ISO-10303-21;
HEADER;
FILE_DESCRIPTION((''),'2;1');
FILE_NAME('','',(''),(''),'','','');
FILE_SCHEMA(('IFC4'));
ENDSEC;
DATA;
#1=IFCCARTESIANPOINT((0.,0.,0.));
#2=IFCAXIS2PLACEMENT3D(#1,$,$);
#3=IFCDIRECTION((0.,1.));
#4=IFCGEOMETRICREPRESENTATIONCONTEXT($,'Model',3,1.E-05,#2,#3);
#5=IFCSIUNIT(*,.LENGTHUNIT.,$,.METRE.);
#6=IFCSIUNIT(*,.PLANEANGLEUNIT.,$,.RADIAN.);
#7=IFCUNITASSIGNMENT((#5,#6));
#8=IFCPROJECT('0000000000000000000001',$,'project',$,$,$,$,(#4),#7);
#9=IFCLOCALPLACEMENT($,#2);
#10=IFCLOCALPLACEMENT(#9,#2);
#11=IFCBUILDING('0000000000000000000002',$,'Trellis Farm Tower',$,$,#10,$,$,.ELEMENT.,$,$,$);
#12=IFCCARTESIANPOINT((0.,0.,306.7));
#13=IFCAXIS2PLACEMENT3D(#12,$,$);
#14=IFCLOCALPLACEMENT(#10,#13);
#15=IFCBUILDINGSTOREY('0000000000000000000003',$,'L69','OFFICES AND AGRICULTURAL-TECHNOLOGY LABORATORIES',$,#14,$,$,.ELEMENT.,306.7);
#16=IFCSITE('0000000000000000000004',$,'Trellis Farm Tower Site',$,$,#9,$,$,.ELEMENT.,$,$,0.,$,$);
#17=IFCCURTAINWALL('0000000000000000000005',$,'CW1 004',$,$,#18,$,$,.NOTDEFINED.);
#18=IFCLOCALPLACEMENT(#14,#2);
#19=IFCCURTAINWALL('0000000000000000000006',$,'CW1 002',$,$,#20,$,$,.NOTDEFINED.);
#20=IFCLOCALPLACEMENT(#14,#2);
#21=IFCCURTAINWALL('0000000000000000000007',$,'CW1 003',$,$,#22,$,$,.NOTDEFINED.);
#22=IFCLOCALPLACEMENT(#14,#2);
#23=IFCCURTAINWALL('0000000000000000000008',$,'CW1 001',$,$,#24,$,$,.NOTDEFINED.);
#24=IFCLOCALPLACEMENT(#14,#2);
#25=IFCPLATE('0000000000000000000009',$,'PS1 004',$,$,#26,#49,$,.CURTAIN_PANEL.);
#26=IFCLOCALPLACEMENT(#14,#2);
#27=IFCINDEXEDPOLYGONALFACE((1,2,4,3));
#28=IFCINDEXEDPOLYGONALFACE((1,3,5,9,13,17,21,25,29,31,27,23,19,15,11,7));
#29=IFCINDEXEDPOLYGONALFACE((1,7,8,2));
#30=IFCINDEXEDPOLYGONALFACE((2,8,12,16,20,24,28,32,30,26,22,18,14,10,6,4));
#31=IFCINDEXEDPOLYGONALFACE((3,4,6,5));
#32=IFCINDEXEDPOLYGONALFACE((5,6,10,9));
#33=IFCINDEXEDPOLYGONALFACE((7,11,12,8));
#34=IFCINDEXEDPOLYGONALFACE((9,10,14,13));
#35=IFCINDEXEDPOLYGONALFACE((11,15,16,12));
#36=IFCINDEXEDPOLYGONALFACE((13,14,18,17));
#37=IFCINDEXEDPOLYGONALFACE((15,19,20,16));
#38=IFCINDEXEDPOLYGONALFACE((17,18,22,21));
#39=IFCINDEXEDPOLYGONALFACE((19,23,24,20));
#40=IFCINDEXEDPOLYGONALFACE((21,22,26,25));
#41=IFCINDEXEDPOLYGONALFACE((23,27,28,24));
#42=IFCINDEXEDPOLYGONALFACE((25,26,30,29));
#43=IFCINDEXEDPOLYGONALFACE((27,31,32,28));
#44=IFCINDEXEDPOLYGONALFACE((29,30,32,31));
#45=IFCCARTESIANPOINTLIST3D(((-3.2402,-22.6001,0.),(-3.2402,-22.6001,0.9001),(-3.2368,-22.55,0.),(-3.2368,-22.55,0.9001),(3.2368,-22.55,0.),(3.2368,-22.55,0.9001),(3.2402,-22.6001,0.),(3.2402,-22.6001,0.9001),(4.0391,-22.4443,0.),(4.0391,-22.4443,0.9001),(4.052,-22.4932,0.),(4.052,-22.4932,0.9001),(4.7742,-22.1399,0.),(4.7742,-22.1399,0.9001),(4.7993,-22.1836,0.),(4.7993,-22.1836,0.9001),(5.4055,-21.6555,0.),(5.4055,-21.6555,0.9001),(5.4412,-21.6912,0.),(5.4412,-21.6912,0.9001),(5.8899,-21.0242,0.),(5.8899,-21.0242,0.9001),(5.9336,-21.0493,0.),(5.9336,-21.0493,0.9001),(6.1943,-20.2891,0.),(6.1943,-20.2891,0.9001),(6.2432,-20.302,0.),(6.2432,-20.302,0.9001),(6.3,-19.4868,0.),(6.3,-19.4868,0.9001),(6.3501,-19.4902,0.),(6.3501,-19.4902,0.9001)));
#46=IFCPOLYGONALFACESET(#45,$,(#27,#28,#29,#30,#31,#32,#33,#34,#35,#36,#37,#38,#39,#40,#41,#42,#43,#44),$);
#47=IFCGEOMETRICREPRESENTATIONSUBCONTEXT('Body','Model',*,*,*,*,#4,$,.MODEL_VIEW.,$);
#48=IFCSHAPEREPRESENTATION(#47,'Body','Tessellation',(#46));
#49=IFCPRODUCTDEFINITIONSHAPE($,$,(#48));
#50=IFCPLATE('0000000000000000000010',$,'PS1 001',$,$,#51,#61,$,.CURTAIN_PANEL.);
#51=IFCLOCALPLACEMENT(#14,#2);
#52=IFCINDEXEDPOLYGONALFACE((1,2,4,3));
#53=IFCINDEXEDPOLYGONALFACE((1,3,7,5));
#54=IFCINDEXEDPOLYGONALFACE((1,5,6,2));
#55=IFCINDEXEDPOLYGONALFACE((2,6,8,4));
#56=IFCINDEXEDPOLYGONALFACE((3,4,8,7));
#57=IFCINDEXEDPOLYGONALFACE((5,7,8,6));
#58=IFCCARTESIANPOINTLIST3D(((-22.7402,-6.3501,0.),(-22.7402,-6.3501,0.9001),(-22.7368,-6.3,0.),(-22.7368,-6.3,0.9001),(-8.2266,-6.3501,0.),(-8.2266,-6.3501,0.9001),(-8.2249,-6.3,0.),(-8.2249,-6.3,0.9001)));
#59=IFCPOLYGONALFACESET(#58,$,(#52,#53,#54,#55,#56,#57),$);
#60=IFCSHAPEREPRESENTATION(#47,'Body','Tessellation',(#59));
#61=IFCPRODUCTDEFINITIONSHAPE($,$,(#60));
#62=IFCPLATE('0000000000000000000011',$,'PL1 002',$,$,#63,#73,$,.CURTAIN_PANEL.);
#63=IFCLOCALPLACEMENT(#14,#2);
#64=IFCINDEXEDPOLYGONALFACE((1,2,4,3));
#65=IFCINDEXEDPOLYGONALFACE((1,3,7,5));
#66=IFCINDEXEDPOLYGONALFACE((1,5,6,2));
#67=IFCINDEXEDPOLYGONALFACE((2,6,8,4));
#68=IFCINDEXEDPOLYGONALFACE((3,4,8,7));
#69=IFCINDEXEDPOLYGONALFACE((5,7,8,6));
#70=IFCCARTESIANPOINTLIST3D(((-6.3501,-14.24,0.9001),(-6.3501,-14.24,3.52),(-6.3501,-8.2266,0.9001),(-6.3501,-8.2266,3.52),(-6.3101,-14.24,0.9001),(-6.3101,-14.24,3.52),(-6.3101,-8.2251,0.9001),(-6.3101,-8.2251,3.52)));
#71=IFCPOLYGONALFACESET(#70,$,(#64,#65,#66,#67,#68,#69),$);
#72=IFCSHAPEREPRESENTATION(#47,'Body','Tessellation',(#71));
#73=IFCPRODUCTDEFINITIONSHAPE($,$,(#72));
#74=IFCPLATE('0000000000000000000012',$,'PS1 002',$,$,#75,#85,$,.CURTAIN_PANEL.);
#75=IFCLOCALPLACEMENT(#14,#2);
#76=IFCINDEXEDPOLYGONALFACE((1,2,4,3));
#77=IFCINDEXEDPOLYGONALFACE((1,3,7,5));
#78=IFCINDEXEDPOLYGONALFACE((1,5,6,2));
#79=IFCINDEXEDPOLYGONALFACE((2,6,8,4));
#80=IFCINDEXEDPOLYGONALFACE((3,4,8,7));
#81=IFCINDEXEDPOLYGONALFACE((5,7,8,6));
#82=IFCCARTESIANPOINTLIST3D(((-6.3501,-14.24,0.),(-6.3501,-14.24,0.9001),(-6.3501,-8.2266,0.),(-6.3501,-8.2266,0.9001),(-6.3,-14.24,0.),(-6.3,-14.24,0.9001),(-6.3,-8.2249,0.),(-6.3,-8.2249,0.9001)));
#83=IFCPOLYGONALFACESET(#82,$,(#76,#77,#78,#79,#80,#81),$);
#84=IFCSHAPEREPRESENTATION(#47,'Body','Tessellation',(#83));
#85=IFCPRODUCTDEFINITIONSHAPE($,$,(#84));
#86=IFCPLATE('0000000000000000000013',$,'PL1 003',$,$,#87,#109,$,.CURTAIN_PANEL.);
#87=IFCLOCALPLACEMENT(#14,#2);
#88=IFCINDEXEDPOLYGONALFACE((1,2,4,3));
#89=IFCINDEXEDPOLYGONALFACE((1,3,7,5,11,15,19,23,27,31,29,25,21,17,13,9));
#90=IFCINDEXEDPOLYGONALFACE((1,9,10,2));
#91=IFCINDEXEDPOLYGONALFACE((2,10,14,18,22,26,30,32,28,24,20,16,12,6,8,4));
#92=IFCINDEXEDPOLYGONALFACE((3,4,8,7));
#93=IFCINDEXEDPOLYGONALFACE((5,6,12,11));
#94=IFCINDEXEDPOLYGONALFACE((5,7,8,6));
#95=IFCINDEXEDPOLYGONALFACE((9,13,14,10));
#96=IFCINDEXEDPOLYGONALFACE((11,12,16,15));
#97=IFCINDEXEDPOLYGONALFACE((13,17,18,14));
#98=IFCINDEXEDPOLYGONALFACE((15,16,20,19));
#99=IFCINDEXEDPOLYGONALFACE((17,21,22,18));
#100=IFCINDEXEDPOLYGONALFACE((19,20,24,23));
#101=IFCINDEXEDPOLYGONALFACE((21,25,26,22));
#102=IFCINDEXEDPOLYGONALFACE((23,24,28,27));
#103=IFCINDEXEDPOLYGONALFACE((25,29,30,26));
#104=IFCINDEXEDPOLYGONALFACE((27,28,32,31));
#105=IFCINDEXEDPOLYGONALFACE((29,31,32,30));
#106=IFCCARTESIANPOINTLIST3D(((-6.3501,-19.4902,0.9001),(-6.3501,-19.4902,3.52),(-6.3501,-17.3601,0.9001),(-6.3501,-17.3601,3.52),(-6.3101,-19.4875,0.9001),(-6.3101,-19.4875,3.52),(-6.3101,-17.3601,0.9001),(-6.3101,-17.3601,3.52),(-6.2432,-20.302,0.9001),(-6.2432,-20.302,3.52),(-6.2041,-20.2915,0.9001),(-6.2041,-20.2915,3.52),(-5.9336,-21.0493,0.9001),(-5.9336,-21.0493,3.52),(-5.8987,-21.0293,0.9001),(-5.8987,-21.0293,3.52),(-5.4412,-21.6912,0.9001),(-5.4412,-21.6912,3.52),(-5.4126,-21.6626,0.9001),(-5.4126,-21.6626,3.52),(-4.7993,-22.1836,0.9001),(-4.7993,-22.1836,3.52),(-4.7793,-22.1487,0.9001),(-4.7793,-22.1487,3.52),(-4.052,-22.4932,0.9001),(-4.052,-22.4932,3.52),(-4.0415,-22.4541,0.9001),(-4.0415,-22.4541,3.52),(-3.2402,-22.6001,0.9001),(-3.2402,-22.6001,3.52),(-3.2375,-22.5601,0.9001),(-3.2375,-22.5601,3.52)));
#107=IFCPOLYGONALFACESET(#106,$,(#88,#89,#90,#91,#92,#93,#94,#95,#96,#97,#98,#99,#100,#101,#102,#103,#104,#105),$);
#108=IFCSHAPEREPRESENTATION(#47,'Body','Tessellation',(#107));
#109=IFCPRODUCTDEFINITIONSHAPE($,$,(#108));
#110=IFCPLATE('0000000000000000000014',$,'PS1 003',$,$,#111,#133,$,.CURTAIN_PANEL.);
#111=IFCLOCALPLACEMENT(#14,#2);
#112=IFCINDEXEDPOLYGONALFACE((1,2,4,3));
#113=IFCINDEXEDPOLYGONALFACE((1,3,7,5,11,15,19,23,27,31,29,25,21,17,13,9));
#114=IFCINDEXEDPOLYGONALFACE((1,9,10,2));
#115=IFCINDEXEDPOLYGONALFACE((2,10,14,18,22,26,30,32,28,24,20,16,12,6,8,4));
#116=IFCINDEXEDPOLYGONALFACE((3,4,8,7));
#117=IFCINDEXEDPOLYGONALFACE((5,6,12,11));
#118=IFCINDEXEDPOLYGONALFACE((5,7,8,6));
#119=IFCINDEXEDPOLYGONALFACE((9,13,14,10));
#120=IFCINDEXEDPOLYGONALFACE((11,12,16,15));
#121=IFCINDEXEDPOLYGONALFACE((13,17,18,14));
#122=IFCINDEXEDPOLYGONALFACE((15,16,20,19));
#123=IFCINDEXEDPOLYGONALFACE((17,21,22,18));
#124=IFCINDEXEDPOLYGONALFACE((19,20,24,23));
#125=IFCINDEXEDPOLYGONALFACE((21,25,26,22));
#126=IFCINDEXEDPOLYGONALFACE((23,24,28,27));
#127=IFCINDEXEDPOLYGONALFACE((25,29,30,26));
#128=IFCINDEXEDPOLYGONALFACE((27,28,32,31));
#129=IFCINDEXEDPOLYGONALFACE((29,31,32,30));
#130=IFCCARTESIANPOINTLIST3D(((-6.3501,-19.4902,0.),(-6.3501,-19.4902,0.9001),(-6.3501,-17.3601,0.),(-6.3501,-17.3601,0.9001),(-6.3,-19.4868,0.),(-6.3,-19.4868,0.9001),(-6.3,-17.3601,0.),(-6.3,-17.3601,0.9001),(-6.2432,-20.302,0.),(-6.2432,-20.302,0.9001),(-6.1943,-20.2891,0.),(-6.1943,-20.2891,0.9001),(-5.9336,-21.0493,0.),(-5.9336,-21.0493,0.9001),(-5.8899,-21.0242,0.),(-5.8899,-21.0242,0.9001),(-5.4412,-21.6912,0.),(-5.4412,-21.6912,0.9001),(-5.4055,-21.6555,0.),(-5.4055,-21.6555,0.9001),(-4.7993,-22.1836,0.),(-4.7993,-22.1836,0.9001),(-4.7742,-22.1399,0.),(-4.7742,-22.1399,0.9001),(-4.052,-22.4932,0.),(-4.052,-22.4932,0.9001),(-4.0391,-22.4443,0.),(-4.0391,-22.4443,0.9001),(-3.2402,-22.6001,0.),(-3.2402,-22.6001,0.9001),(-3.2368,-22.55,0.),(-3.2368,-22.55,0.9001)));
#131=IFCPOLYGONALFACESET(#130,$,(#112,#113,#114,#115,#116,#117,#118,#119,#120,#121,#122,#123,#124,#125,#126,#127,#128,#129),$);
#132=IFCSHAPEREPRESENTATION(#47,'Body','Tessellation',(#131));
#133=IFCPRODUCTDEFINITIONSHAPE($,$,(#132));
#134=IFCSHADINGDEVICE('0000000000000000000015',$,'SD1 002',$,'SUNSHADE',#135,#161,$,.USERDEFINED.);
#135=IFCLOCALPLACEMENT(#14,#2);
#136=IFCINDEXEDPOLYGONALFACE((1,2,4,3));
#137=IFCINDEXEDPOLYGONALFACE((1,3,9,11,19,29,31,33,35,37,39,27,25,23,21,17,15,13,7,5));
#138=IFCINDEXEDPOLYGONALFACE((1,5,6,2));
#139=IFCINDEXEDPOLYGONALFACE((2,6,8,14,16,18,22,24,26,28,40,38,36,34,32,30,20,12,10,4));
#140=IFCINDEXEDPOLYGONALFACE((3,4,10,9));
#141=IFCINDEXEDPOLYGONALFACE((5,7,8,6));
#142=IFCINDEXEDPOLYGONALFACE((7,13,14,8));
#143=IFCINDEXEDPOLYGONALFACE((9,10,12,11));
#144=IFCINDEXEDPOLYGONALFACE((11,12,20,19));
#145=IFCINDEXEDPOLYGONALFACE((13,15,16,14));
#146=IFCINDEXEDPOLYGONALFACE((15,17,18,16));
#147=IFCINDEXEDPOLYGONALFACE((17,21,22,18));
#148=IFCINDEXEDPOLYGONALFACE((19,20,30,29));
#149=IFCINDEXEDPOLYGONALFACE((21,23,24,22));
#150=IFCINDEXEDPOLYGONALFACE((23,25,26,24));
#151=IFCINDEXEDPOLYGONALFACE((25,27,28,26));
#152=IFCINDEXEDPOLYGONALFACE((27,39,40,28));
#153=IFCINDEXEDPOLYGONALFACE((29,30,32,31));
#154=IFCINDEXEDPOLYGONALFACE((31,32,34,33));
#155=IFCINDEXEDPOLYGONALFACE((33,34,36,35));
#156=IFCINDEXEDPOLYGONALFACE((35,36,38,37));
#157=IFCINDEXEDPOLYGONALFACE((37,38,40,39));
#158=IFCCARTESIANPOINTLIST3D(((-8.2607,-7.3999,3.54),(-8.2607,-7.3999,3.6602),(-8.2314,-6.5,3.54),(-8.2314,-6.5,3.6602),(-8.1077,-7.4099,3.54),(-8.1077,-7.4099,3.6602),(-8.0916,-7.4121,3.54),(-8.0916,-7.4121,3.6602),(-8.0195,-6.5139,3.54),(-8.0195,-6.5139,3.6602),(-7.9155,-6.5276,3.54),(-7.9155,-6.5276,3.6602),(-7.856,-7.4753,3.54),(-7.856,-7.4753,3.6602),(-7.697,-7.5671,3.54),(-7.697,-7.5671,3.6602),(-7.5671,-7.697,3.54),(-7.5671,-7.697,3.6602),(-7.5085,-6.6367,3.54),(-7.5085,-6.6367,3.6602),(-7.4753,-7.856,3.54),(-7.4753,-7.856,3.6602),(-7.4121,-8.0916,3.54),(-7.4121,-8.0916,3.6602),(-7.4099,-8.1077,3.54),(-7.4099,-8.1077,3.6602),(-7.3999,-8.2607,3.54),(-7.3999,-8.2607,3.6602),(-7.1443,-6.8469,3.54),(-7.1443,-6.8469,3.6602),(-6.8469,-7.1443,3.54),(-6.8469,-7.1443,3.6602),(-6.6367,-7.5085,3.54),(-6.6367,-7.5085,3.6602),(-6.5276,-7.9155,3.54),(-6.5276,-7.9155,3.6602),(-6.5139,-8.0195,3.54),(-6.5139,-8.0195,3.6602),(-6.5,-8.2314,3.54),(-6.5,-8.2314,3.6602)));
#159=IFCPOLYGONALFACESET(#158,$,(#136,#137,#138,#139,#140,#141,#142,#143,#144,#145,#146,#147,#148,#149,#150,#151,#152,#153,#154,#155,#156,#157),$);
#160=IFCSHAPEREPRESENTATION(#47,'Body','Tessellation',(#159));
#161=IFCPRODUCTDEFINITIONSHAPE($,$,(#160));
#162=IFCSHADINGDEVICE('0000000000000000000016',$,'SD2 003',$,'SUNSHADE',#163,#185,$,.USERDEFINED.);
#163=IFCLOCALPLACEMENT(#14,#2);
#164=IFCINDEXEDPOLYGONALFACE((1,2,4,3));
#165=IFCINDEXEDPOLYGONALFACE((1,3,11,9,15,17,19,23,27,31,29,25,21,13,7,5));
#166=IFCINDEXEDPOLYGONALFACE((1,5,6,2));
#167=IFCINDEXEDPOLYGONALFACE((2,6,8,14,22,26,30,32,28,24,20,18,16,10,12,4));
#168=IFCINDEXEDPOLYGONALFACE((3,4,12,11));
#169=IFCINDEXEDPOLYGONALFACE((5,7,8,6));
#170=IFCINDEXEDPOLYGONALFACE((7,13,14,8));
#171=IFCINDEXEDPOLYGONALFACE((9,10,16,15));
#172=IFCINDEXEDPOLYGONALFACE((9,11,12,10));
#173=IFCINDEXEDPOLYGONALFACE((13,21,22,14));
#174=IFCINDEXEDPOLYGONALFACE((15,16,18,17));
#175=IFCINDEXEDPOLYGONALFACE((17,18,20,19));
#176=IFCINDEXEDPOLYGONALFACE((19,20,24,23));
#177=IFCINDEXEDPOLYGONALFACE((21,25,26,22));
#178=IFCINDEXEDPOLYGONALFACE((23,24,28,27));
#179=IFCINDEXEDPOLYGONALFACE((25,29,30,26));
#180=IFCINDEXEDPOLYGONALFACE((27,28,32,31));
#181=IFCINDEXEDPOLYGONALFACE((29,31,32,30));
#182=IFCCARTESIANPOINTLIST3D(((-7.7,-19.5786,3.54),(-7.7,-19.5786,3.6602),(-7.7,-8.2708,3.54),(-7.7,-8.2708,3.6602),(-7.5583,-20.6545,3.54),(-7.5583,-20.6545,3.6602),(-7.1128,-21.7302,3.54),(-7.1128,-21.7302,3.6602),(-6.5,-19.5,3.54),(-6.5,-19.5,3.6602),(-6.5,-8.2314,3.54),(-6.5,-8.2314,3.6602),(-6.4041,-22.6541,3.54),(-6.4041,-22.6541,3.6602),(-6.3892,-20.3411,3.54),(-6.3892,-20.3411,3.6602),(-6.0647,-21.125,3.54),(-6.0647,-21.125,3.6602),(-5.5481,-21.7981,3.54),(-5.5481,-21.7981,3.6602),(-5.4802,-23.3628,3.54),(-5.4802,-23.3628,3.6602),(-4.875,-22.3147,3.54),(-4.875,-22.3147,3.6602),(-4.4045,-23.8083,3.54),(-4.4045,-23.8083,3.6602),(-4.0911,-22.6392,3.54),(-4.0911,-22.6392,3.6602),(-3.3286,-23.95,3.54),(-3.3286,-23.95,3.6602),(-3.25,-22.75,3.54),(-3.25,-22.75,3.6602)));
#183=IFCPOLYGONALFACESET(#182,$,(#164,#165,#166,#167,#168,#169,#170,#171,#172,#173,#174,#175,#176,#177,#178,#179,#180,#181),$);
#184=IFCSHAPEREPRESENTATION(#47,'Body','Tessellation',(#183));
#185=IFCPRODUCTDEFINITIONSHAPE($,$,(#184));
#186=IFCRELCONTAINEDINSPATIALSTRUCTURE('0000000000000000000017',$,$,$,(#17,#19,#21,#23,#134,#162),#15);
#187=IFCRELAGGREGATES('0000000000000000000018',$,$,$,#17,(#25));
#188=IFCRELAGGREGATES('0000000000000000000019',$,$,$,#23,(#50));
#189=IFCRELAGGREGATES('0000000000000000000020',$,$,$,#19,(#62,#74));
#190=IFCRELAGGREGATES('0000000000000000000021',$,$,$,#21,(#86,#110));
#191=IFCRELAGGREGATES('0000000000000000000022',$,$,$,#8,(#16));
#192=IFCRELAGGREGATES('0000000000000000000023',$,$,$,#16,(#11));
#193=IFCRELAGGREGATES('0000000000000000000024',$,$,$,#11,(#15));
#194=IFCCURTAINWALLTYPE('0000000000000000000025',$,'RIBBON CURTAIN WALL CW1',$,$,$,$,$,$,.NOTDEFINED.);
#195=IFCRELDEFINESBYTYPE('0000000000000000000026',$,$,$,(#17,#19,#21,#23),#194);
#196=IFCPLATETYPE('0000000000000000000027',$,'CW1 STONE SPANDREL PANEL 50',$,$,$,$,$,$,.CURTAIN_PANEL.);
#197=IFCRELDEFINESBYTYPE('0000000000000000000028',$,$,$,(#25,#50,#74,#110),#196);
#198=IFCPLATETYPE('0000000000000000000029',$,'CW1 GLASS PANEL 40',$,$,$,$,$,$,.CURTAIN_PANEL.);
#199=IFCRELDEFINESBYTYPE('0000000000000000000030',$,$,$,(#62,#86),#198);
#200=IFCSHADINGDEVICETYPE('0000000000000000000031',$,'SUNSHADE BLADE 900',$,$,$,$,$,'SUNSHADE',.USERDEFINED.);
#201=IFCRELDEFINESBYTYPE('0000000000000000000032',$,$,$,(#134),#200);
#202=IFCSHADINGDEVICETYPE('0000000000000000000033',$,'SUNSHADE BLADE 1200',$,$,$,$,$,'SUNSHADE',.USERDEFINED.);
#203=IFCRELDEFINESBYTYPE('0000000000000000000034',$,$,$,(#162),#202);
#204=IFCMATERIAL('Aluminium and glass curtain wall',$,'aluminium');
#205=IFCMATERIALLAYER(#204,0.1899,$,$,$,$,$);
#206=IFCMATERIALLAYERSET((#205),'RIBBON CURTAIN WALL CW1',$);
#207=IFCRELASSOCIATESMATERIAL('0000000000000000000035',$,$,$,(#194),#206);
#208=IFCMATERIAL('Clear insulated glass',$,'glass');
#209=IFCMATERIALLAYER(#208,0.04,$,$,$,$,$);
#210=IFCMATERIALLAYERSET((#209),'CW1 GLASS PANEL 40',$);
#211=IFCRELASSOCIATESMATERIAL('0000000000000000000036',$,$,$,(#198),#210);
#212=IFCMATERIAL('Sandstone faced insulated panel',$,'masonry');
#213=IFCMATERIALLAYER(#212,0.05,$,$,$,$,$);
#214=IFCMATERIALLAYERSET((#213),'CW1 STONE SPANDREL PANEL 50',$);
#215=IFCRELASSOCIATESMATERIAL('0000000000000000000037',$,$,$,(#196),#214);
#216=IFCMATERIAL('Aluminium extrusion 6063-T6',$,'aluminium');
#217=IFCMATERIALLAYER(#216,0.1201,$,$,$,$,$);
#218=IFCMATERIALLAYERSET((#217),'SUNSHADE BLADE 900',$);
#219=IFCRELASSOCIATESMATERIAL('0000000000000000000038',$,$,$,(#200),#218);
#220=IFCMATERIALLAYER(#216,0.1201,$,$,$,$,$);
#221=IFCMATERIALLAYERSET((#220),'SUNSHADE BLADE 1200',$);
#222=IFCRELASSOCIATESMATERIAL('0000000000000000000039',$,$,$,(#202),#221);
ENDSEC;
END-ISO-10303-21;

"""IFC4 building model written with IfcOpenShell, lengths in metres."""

from ifc_helpers import new_model, si_unit, direction, frame, origin, place, context, subcontext, project, spatial, polyline, outline, extrude, source, transform, mapped, material, layer, layer_set, type_object, element, aggregate, save


model = new_model("IFC4")

# Units and contexts
model_context = context("Model", 3, precision=1e-05, world=origin(), true_north=direction((0.0, 1.0)))
body_context = subcontext(model_context, "Body", "Model", "MODEL_VIEW")
ifc_project = project(units=[si_unit("LENGTHUNIT", "METRE"), si_unit("PLANEANGLEUNIT", "RADIAN")], contexts=[model_context])

# Site, building, storey
site_placement = place(None, origin())
site = spatial("IfcSite", under=ifc_project, at=site_placement, Name="Trellis Farm Tower Site", CompositionType="ELEMENT", RefElevation=0.0)
building_placement = place(site_placement, origin())
building = spatial("IfcBuilding", under=site, at=building_placement, Name="Trellis Farm Tower", CompositionType="ELEMENT")
storey_placement = place(building_placement, frame((0.0, 0.0, 306.7)))
storey = spatial("IfcBuildingStorey", under=building, at=storey_placement, Name="L69", Description="OFFICES AND AGRICULTURAL-TECHNOLOGY LABORATORIES", CompositionType="ELEMENT", Elevation=306.7)

# Curtain walls
ifc_material_1 = material(Name="Aluminium and glass curtain wall", Category="aluminium")
placement_1 = place(storey_placement, origin())
ifc_material_2 = material(Name="Aluminium extrusion 6063-T6", Category="aluminium")
ifc_layer_1 = layer(ifc_material_1, 0.1899)
ifc_layer_set_1 = layer_set([ifc_layer_1], Name="RIBBON CURTAIN WALL CW1")
curtain_wall_type_1 = type_object("IfcCurtainWallType", Name="RIBBON CURTAIN WALL CW1", PredefinedType="NOTDEFINED", material=ifc_layer_set_1)
curtain_wall_1 = element("IfcCurtainWall", 1, at=placement_1, inside=storey, type_object=curtain_wall_type_1, Name="CW1 004", PredefinedType="NOTDEFINED")
curtain_wall_2 = element("IfcCurtainWall", 2, at=placement_1, inside=storey, type_object=curtain_wall_type_1, Name="CW1 002", PredefinedType="NOTDEFINED")
curtain_wall_3 = element("IfcCurtainWall", 3, at=placement_1, inside=storey, type_object=curtain_wall_type_1, Name="CW1 003", PredefinedType="NOTDEFINED")
curtain_wall_4 = element("IfcCurtainWall", 4, at=placement_1, inside=storey, type_object=curtain_wall_type_1, Name="CW1 001", PredefinedType="NOTDEFINED")

# Plates
ifc_material_3 = material(Name="Clear insulated glass", Category="glass")
ifc_layer_2 = layer(ifc_material_3, 0.04)
ifc_layer_set_2 = layer_set([ifc_layer_2], Name="CW1 GLASS PANEL 40")
plate_type_1 = type_object("IfcPlateType", Name="CW1 GLASS PANEL 40", PredefinedType="CURTAIN_PANEL", material=ifc_layer_set_2)
placement_2 = place(storey_placement, frame((0.0, 0.0, 0.9001)))
ifc_material_4 = material(Name="Sandstone faced insulated panel", Category="masonry")
ifc_layer_3 = layer(ifc_material_4, 0.05)
ifc_layer_set_3 = layer_set([ifc_layer_3], Name="CW1 STONE SPANDREL PANEL 50")
plate_type_2 = type_object("IfcPlateType", Name="CW1 STONE SPANDREL PANEL 50", PredefinedType="CURTAIN_PANEL", material=ifc_layer_set_3)
shared_shape_1 = source(origin(), body_context, "Body", "SweptSolid", [
    extrude(outline(polyline([(-3.2402, -22.6001), (3.2402, -22.6001), (4.052, -22.4932), (4.7993, -22.1836), (5.4412, -21.6912), (5.9336, -21.0493), (6.2432, -20.302), (6.3501, -19.4902), (6.3, -19.4868), (6.1943, -20.2891), (5.8899, -21.0242), (5.4055, -21.6555), (4.7742, -22.1399), (4.0391, -22.4443), (3.2368, -22.55), (-3.2368, -22.55), (-3.2402, -22.6001)])), origin(), (0.0, 0.0, 1.0), 0.9001),
])
plate_1 = element("IfcPlate", 5, at=placement_1, type_object=plate_type_2, Name="PS1 004", PredefinedType="CURTAIN_PANEL", context=body_context, shape_type="MappedRepresentation", body=[
    mapped(shared_shape_1, transform((0.0, 0.0, 0.0))),
])
aggregate(curtain_wall_1, [plate_1])
shared_shape_2 = source(origin(), body_context, "Body", "SweptSolid", [
    extrude(outline(polyline([(-22.7402, -6.3501), (-8.2266, -6.3501), (-8.2249, -6.3), (-22.7368, -6.3), (-22.7402, -6.3501)])), origin(), (0.0, 0.0, 1.0), 0.9001),
])
plate_2 = element("IfcPlate", 6, at=placement_1, type_object=plate_type_2, Name="PS1 001", PredefinedType="CURTAIN_PANEL", context=body_context, shape_type="MappedRepresentation", body=[
    mapped(shared_shape_2, transform((0.0, 0.0, 0.0))),
])
aggregate(curtain_wall_4, [plate_2])
shared_shape_3 = source(origin(), body_context, "Body", "SweptSolid", [
    extrude(outline(polyline([(-6.3501, -8.2266), (-6.3501, -14.24), (-6.3101, -14.24), (-6.3101, -8.2251), (-6.3501, -8.2266)])), origin(), (0.0, 0.0, 1.0), 2.6199),
])
plate_3 = element("IfcPlate", 7, at=placement_2, type_object=plate_type_1, Name="PL1 002", PredefinedType="CURTAIN_PANEL", context=body_context, shape_type="MappedRepresentation", body=[
    mapped(shared_shape_3, transform((0.0, 0.0, 0.0))),
])
shared_shape_4 = source(origin(), body_context, "Body", "SweptSolid", [
    extrude(outline(polyline([(-6.3501, -8.2266), (-6.3501, -14.24), (-6.3, -14.24), (-6.3, -8.2249), (-6.3501, -8.2266)])), origin(), (0.0, 0.0, 1.0), 0.9001),
])
plate_4 = element("IfcPlate", 8, at=placement_1, type_object=plate_type_2, Name="PS1 002", PredefinedType="CURTAIN_PANEL", context=body_context, shape_type="MappedRepresentation", body=[
    mapped(shared_shape_4, transform((0.0, 0.0, 0.0))),
])
aggregate(curtain_wall_2, [plate_3, plate_4])
shared_shape_5 = source(origin(), body_context, "Body", "SweptSolid", [
    extrude(outline(polyline([(-6.3501, -17.3601), (-6.3501, -19.4902), (-6.2432, -20.302), (-5.9336, -21.0493), (-5.4412, -21.6912), (-4.7993, -22.1836), (-4.052, -22.4932), (-3.2402, -22.6001), (-3.2375, -22.5601), (-4.0415, -22.4541), (-4.7793, -22.1487), (-5.4126, -21.6626), (-5.8987, -21.0293), (-6.2041, -20.2915), (-6.3101, -19.4875), (-6.3101, -17.3601), (-6.3501, -17.3601)])), origin(), (0.0, 0.0, 1.0), 2.6199),
])
plate_5 = element("IfcPlate", 9, at=placement_2, type_object=plate_type_1, Name="PL1 003", PredefinedType="CURTAIN_PANEL", context=body_context, shape_type="MappedRepresentation", body=[
    mapped(shared_shape_5, transform((0.0, 0.0, 0.0))),
])
shared_shape_6 = source(origin(), body_context, "Body", "SweptSolid", [
    extrude(outline(polyline([(-6.3501, -17.3601), (-6.3501, -19.4902), (-6.2432, -20.302), (-5.9336, -21.0493), (-5.4412, -21.6912), (-4.7993, -22.1836), (-4.052, -22.4932), (-3.2402, -22.6001), (-3.2368, -22.55), (-4.0391, -22.4443), (-4.7742, -22.1399), (-5.4055, -21.6555), (-5.8899, -21.0242), (-6.1943, -20.2891), (-6.3, -19.4868), (-6.3, -17.3601), (-6.3501, -17.3601)])), origin(), (0.0, 0.0, 1.0), 0.9001),
])
plate_6 = element("IfcPlate", 10, at=placement_1, type_object=plate_type_2, Name="PS1 003", PredefinedType="CURTAIN_PANEL", context=body_context, shape_type="MappedRepresentation", body=[
    mapped(shared_shape_6, transform((0.0, 0.0, 0.0))),
])
aggregate(curtain_wall_3, [plate_5, plate_6])

# Shading devices
ifc_layer_4 = layer(ifc_material_2, 0.1201)
ifc_layer_set_4 = layer_set([ifc_layer_4], Name="SUNSHADE BLADE 900")
shading_device_type_1 = type_object("IfcShadingDeviceType", Name="SUNSHADE BLADE 900", ElementType="SUNSHADE", PredefinedType="USERDEFINED", material=ifc_layer_set_4)
shared_shape_7 = source(origin(), body_context, "Body", "SweptSolid", [
    extrude(outline(polyline([(-8.2607, -7.3999), (-8.1077, -7.4099), (-8.0916, -7.4121), (-7.856, -7.4753), (-7.697, -7.5671), (-7.5671, -7.697), (-7.4753, -7.856), (-7.4121, -8.0916), (-7.4099, -8.1077), (-7.3999, -8.2607), (-6.5, -8.2314), (-6.5139, -8.0195), (-6.5276, -7.9155), (-6.6367, -7.5085), (-6.8469, -7.1443), (-7.1443, -6.8469), (-7.5085, -6.6367), (-7.9155, -6.5276), (-8.0195, -6.5139), (-8.2314, -6.5), (-8.2607, -7.3999)])), origin(), (0.0, 0.0, 1.0), 0.1201),
])
placement_3 = place(storey_placement, frame((0.0, 0.0, 3.54)))
element("IfcShadingDevice", 11, at=placement_3, inside=storey, type_object=shading_device_type_1, Name="SD1 002", ObjectType="SUNSHADE", PredefinedType="USERDEFINED", context=body_context, shape_type="MappedRepresentation", body=[
    mapped(shared_shape_7, transform((0.0, 0.0, 0.0))),
])
ifc_layer_5 = layer(ifc_material_2, 0.1201)
ifc_layer_set_5 = layer_set([ifc_layer_5], Name="SUNSHADE BLADE 1200")
shading_device_type_2 = type_object("IfcShadingDeviceType", Name="SUNSHADE BLADE 1200", ElementType="SUNSHADE", PredefinedType="USERDEFINED", material=ifc_layer_set_5)
shared_shape_8 = source(origin(), body_context, "Body", "SweptSolid", [
    extrude(outline(polyline([(-7.7, -8.2708), (-7.7, -19.5786), (-7.5583, -20.6545), (-7.1128, -21.7302), (-6.4041, -22.6541), (-5.4802, -23.3628), (-4.4045, -23.8083), (-3.3286, -23.95), (-3.25, -22.75), (-4.0911, -22.6392), (-4.875, -22.3147), (-5.5481, -21.7981), (-6.0647, -21.125), (-6.3892, -20.3411), (-6.5, -19.5), (-6.5, -8.2314), (-7.7, -8.2708)])), origin(), (0.0, 0.0, 1.0), 0.1201),
])
element("IfcShadingDevice", 12, at=placement_3, inside=storey, type_object=shading_device_type_2, Name="SD2 003", ObjectType="SUNSHADE", PredefinedType="USERDEFINED", context=body_context, shape_type="MappedRepresentation", body=[
    mapped(shared_shape_8, transform((0.0, 0.0, 0.0))),
])

save(model, "model.ifc")
